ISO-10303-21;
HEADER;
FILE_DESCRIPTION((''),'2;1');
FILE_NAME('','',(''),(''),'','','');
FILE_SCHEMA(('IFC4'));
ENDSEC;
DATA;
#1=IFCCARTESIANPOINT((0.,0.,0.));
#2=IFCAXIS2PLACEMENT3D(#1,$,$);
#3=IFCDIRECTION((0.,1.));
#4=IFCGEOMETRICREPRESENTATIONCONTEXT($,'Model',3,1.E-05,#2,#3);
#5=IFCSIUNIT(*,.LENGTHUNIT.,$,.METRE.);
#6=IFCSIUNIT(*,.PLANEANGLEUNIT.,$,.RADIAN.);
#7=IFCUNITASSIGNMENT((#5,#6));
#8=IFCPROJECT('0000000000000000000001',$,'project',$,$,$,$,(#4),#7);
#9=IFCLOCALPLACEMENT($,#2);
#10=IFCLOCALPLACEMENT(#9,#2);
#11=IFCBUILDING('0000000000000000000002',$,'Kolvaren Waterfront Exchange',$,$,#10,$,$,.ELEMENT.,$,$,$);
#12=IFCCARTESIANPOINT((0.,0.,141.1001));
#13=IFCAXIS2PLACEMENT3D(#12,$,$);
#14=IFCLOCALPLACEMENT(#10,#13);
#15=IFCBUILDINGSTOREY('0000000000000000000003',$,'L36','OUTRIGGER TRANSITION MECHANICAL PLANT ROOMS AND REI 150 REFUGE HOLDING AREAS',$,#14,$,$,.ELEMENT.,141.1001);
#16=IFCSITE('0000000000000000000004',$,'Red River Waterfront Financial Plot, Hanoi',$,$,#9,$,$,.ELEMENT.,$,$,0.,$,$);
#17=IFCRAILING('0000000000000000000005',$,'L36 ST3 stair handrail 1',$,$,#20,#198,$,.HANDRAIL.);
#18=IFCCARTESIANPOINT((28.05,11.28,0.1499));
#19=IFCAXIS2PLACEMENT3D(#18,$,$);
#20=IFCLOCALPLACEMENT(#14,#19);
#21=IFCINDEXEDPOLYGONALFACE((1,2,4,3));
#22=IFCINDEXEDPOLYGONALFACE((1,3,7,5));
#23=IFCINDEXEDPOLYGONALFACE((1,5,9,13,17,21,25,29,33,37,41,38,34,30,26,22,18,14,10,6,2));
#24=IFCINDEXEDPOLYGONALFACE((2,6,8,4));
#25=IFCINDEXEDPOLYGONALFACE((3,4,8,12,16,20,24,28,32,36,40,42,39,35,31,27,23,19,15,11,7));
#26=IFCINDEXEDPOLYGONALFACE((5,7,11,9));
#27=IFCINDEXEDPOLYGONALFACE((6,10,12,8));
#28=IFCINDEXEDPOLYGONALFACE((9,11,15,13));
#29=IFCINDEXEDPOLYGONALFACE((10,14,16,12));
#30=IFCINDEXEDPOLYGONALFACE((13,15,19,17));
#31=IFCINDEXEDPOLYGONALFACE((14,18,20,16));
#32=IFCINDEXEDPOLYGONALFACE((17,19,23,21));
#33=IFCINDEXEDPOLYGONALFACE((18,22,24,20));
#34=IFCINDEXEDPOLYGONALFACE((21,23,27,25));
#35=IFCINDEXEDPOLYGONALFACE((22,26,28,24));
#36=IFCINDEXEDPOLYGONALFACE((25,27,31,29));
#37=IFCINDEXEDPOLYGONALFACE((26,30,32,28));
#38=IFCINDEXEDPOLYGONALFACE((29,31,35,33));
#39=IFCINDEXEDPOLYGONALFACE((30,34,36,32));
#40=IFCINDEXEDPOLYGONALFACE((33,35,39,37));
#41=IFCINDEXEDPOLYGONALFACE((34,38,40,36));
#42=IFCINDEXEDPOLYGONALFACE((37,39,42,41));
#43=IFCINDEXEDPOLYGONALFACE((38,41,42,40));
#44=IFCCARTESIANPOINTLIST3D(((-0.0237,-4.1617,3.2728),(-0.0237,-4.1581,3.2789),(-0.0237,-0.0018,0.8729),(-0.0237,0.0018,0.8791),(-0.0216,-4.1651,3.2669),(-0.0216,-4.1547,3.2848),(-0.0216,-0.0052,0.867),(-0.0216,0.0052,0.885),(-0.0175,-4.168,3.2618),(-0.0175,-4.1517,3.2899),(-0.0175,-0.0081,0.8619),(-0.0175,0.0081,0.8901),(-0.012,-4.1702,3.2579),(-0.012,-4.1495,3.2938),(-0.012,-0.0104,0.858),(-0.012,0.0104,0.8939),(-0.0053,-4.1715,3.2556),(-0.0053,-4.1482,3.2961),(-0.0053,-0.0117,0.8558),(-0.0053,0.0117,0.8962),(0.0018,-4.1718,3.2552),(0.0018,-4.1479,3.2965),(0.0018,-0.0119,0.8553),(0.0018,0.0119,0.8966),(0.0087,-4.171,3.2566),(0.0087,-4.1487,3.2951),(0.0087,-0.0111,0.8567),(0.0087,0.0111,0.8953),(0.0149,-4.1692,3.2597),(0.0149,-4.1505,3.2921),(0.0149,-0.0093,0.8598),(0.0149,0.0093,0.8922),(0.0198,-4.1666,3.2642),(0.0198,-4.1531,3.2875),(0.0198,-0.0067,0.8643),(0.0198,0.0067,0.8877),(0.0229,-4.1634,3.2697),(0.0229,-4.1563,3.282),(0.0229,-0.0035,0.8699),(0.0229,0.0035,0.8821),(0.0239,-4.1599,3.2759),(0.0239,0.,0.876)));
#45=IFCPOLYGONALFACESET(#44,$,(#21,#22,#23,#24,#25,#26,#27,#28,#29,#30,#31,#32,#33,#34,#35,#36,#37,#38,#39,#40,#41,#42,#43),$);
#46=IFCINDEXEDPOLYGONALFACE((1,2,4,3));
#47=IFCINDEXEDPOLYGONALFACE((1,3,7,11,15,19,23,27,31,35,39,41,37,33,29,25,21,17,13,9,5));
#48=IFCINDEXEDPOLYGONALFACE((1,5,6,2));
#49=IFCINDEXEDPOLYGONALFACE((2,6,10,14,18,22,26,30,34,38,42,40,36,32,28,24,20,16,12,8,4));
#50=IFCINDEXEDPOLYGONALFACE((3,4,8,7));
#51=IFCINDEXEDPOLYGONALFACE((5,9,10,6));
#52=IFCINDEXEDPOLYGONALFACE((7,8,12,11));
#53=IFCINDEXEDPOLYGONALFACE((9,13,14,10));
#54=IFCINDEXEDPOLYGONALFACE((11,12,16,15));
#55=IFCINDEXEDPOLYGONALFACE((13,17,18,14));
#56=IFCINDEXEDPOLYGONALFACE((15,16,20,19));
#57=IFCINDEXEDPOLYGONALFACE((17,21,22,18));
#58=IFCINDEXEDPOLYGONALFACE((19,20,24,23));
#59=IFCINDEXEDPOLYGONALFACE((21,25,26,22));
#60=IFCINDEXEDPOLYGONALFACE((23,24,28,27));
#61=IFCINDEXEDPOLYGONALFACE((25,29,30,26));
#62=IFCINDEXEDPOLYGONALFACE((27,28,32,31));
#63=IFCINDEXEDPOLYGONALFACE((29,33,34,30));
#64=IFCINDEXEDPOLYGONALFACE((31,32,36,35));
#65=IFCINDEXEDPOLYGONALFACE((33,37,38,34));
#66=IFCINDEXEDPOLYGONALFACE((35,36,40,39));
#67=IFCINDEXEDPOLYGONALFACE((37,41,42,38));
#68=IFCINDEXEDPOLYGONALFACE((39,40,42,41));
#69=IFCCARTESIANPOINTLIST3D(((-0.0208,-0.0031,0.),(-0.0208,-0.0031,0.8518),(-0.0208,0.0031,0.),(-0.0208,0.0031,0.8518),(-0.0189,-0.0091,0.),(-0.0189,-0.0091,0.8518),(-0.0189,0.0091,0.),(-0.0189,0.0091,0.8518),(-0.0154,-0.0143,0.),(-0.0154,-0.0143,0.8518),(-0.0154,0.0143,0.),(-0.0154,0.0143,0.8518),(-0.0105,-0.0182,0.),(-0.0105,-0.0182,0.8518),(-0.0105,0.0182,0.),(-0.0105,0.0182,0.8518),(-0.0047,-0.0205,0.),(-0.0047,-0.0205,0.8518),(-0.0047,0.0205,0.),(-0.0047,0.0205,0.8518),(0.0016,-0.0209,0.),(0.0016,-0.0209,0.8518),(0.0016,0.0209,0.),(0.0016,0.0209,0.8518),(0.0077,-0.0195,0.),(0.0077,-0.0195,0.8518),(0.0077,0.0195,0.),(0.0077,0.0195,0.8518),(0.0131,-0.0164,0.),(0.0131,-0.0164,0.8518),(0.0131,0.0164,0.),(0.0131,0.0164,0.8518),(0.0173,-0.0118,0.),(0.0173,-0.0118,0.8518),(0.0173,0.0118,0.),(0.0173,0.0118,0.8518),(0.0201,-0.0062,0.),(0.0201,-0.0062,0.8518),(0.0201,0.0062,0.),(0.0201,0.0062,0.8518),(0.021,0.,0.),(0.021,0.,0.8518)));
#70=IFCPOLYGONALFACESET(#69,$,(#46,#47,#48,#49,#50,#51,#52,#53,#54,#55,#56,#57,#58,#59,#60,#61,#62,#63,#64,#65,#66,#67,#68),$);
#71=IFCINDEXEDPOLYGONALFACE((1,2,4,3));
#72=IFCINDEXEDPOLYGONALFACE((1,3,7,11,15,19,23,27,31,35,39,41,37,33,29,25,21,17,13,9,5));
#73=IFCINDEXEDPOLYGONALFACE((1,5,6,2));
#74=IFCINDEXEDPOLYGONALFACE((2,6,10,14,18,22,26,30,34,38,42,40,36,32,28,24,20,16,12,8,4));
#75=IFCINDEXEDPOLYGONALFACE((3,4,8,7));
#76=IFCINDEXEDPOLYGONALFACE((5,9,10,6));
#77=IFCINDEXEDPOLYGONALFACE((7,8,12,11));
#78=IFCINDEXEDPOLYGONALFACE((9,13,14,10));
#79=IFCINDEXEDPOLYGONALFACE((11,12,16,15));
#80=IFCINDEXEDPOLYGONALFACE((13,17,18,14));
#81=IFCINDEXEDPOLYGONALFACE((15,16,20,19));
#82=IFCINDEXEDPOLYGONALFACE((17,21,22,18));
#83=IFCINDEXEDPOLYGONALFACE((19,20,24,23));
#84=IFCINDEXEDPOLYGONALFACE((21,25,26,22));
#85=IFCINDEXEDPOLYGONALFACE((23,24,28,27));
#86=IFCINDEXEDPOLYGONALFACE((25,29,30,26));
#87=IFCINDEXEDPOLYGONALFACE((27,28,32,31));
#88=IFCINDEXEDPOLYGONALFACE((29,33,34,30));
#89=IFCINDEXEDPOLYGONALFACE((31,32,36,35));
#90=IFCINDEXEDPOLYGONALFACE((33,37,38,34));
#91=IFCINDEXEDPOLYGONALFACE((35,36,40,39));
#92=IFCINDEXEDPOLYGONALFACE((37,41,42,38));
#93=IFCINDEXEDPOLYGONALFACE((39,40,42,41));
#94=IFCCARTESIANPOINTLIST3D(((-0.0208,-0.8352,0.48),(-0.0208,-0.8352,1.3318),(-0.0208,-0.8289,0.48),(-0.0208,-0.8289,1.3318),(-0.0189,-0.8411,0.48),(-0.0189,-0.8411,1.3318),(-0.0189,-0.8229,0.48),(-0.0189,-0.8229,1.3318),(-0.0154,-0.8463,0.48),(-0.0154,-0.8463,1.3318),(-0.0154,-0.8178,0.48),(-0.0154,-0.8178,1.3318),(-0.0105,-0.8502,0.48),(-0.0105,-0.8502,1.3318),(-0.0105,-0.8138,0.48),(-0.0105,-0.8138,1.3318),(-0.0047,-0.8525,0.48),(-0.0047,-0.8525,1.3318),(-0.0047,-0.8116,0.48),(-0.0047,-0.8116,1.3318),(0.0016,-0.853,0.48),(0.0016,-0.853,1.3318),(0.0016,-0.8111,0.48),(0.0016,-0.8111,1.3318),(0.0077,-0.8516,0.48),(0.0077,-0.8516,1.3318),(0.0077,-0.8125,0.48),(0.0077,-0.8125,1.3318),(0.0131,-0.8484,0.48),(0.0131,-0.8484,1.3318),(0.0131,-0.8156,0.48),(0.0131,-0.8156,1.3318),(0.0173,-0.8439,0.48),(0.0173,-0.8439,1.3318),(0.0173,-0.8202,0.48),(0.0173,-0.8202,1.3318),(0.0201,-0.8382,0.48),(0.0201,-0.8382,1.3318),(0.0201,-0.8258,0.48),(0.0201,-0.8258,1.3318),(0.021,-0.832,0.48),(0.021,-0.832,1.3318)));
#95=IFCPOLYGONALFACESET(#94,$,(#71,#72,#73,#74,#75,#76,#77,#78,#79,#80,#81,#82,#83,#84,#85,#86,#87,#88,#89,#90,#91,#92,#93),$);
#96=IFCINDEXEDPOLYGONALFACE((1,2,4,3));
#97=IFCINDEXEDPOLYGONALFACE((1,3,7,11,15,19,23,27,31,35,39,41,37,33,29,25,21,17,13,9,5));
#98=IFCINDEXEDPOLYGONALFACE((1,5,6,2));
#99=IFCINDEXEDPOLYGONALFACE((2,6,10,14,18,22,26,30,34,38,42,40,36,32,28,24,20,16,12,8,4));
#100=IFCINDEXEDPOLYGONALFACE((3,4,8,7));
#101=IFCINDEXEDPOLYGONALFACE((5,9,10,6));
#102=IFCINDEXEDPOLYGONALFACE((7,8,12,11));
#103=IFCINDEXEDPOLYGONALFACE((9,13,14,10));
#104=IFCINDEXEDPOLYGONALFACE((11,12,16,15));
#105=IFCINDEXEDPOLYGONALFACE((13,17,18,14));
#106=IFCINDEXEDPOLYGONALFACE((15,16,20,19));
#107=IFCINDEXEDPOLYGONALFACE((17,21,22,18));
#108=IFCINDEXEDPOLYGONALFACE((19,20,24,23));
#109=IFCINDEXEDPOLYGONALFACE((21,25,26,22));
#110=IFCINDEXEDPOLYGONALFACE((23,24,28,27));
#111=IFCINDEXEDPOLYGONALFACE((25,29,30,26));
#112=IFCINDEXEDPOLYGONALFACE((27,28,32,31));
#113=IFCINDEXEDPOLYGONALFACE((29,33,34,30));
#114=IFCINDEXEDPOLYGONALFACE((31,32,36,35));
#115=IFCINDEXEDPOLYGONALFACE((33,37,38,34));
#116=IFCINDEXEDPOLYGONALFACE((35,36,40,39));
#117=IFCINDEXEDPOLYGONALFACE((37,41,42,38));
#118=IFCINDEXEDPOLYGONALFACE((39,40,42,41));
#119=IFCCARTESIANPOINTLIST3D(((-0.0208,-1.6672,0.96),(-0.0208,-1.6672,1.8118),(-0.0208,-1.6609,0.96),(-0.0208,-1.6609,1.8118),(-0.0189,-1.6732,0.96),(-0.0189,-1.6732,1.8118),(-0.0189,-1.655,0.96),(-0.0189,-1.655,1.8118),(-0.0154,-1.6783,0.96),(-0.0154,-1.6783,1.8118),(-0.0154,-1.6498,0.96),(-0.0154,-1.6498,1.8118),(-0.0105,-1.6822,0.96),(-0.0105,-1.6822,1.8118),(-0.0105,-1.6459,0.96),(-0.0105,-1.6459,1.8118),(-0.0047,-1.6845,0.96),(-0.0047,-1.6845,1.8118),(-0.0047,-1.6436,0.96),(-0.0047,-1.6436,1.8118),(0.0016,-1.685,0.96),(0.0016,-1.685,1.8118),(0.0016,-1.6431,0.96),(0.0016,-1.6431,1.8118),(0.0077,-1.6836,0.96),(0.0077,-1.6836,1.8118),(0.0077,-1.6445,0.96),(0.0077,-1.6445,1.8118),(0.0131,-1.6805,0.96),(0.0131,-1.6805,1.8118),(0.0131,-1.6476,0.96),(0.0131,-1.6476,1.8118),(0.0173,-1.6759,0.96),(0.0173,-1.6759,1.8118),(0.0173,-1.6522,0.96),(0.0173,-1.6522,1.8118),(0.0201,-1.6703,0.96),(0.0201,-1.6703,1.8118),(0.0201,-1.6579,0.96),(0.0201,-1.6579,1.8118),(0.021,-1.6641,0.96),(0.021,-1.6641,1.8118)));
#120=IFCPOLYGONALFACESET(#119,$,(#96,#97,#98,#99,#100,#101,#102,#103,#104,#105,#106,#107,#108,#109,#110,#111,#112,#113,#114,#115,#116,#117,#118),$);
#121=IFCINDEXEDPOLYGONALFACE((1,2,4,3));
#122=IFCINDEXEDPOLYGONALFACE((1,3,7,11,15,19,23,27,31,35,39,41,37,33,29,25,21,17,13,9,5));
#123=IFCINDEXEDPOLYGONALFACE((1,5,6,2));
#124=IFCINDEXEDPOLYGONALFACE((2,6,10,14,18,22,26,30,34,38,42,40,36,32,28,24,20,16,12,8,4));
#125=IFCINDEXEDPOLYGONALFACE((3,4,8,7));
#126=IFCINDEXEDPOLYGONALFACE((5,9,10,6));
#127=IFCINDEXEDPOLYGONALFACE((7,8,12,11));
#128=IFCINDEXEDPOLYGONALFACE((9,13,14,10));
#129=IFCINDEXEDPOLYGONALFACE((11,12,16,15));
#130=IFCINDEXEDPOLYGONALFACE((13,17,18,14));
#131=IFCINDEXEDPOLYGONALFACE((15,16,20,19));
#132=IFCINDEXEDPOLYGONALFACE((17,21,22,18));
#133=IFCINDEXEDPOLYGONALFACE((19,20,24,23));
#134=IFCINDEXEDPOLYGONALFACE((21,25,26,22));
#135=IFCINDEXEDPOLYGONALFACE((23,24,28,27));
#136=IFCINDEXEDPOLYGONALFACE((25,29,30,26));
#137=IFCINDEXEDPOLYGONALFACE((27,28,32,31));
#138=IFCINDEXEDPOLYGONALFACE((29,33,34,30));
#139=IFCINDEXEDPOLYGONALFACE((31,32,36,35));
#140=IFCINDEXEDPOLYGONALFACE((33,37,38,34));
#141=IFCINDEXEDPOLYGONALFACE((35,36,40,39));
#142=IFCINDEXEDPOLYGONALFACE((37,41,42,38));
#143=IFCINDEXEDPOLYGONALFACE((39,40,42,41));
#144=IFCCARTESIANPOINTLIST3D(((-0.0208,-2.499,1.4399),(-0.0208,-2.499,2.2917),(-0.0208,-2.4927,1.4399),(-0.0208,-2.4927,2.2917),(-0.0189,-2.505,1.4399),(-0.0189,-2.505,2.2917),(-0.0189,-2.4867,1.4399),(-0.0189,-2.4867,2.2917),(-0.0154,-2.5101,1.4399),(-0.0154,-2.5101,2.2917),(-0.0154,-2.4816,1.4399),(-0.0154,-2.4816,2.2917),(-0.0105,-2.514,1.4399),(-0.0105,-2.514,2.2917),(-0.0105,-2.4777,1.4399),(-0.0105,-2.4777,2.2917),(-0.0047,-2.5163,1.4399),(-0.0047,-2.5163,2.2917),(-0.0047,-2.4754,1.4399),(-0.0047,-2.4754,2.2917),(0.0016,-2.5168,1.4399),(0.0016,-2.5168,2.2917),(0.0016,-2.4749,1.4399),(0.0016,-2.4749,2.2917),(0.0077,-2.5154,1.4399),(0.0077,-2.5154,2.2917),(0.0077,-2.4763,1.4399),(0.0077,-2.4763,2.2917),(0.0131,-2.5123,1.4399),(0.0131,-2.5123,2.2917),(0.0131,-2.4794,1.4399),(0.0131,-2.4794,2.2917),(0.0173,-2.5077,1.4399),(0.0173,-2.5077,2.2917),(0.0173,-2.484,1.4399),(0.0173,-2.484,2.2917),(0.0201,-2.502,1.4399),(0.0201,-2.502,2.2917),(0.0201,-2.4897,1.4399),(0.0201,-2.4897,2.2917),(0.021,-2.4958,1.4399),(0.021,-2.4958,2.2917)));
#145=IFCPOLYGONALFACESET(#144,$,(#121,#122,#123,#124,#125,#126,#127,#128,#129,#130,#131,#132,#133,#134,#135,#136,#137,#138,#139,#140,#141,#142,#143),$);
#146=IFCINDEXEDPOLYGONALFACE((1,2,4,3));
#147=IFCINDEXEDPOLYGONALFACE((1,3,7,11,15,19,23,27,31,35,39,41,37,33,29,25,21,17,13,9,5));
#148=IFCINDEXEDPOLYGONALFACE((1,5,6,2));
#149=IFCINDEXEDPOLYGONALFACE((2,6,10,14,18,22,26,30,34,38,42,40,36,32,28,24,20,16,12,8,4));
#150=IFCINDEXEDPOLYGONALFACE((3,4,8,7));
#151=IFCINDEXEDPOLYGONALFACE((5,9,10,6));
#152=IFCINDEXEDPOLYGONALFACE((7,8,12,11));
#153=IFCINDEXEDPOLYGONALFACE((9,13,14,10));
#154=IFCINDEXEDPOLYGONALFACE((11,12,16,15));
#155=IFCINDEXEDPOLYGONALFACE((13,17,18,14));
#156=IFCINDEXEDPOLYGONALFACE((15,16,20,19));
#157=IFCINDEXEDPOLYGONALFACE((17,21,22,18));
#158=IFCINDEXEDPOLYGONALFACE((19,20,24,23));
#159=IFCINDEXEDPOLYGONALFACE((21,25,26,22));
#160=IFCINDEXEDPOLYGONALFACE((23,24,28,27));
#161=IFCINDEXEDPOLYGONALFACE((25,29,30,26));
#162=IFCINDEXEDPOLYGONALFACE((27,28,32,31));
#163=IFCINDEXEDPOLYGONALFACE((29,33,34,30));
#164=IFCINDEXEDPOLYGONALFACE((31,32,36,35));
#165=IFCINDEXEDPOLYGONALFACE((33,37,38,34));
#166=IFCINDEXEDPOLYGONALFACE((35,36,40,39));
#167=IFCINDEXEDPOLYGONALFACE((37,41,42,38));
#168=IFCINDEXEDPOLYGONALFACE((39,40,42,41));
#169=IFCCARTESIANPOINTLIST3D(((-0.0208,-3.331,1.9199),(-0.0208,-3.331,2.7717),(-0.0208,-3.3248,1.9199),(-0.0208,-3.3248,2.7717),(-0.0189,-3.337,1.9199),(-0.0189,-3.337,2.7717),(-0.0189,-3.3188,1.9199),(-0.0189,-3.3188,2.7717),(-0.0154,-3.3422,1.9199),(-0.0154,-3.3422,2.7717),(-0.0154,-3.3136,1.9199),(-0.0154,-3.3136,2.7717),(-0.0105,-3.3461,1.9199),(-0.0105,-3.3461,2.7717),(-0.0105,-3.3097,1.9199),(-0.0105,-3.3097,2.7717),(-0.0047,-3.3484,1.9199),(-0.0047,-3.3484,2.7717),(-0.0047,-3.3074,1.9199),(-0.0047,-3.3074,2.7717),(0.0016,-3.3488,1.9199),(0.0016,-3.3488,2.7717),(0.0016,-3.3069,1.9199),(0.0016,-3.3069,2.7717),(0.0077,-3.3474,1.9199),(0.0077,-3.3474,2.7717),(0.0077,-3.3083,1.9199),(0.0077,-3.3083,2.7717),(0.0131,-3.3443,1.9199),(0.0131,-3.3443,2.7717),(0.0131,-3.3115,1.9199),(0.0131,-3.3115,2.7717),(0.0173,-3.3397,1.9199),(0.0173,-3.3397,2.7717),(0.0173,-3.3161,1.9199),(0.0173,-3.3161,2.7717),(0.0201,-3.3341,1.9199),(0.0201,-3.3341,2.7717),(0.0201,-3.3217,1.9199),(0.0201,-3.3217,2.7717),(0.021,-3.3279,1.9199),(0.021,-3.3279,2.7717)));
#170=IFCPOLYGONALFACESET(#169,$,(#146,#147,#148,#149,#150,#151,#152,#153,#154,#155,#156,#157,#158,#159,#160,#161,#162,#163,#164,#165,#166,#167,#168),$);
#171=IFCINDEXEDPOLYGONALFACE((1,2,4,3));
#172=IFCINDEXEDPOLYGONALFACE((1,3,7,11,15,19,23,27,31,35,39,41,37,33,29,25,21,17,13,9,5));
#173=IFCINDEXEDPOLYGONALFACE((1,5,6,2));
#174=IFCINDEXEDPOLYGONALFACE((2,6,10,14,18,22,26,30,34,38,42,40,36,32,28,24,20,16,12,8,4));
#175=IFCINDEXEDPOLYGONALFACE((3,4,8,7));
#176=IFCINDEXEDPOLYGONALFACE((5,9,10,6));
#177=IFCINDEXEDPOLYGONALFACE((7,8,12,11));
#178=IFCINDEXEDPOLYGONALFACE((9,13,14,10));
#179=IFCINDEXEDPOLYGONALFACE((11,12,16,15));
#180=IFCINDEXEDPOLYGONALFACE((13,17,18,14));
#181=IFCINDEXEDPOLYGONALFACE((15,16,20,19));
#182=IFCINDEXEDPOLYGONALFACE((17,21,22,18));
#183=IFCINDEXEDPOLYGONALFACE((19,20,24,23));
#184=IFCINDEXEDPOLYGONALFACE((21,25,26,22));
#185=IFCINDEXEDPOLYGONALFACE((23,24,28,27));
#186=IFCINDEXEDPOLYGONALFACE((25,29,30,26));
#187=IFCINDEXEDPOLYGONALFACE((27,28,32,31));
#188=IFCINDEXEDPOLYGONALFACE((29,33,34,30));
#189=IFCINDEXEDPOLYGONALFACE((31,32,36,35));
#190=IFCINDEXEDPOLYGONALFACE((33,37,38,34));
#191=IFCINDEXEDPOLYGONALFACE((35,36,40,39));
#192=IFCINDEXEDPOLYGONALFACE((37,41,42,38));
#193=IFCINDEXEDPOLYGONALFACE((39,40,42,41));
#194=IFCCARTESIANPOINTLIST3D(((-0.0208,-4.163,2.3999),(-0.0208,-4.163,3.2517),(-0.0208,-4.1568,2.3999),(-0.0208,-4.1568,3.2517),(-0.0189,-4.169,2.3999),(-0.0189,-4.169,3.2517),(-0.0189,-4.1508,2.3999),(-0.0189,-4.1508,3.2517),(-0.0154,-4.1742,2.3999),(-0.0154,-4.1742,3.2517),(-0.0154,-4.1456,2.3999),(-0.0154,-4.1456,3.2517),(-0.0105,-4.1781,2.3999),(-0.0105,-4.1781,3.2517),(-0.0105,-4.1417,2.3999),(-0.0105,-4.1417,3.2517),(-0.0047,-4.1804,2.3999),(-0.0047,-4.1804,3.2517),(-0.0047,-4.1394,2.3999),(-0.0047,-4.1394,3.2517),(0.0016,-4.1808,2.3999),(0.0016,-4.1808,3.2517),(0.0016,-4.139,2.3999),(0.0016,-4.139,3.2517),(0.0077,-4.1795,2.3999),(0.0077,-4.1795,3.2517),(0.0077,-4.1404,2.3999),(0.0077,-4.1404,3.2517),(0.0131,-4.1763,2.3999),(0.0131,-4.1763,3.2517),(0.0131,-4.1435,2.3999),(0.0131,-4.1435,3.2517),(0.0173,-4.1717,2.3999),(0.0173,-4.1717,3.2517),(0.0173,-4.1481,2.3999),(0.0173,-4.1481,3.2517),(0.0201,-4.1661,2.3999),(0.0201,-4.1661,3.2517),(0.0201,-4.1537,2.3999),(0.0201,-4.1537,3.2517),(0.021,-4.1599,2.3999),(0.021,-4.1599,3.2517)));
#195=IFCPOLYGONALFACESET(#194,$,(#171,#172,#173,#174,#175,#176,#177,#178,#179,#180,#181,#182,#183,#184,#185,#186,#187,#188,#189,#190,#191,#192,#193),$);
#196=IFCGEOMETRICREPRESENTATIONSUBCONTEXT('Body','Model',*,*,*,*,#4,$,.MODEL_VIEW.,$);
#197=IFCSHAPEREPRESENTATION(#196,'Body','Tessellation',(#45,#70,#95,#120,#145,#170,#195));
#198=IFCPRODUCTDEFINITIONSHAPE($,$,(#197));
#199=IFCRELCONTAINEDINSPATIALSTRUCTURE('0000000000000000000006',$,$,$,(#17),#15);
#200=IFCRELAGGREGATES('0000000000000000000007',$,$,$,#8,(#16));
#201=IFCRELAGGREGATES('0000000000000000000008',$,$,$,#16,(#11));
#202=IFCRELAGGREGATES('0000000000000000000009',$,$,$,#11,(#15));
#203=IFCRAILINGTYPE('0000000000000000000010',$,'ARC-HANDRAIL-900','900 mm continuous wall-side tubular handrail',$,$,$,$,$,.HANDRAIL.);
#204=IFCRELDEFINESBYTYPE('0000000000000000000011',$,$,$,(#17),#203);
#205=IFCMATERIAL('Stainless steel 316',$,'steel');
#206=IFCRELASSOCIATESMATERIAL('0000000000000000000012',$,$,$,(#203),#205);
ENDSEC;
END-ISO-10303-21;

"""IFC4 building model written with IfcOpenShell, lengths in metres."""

from ifc_helpers import new_model, si_unit, direction, frame, origin, origin_2d, place, context, subcontext, project, spatial, circle, extrude, material, type_object, element, save


model = new_model("IFC4")

# Units and contexts
model_context = context("Model", 3, precision=1e-05, world=origin(), true_north=direction((0.0, 1.0)))
body_context = subcontext(model_context, "Body", "Model", "MODEL_VIEW")
ifc_project = project(units=[si_unit("LENGTHUNIT", "METRE"), si_unit("PLANEANGLEUNIT", "RADIAN")], contexts=[model_context])

# Site, building, storey
site_placement = place(None, origin())
site = spatial("IfcSite", under=ifc_project, at=site_placement, Name="Red River Waterfront Financial Plot, Hanoi", CompositionType="ELEMENT", RefElevation=0.0)
building_placement = place(site_placement, origin())
building = spatial("IfcBuilding", under=site, at=building_placement, Name="Kolvaren Waterfront Exchange", CompositionType="ELEMENT")
storey_placement = place(building_placement, frame((0.0, 0.0, 141.1001)))
storey = spatial("IfcBuildingStorey", under=building, at=storey_placement, Name="L36", Description="OUTRIGGER TRANSITION MECHANICAL PLANT ROOMS AND REI 150 REFUGE HOLDING AREAS", CompositionType="ELEMENT", Elevation=141.1001)

# Railing
ifc_material_1 = material(Name="Stainless steel 316", Category="steel")
railing_type_1 = type_object("IfcRailingType", Name="ARC-HANDRAIL-900", Description="900 mm continuous wall-side tubular handrail", PredefinedType="HANDRAIL", material=ifc_material_1)
railing_1_placement = place(storey_placement, frame((28.05, 11.28, 0.1499)))
element("IfcRailing", 1, at=railing_1_placement, inside=storey, type_object=railing_type_1, Name="L36 ST3 stair handrail 1", PredefinedType="HANDRAIL", context=body_context, shape_type="SweptSolid", body=[
    extrude(circle(Radius=0.0239, at=origin_2d()), frame((0.0, 0.0, 0.876), z_axis=(0.0, -0.86619, 0.499715), x_axis=(1.0, 0.0, 0.0)), (0.0, 0.0, 1.0), 4.8025),
    extrude(circle(Radius=0.021, at=origin_2d()), origin(), (0.0, 0.0, 1.0), 0.8518),
    extrude(circle(Radius=0.021, at=origin_2d()), frame((0.0, -0.832, 0.48)), (0.0, 0.0, 1.0), 0.8518),
    extrude(circle(Radius=0.021, at=origin_2d()), frame((0.0, -1.6641, 0.96)), (0.0, 0.0, 1.0), 0.8518),
    extrude(circle(Radius=0.021, at=origin_2d()), frame((0.0, -2.4958, 1.4399)), (0.0, 0.0, 1.0), 0.8518),
    extrude(circle(Radius=0.021, at=origin_2d()), frame((0.0, -3.3279, 1.9199)), (0.0, 0.0, 1.0), 0.8518),
    extrude(circle(Radius=0.021, at=origin_2d()), frame((0.0, -4.1599, 2.3999)), (0.0, 0.0, 1.0), 0.8518),
])

save(model, "model.ifc")
